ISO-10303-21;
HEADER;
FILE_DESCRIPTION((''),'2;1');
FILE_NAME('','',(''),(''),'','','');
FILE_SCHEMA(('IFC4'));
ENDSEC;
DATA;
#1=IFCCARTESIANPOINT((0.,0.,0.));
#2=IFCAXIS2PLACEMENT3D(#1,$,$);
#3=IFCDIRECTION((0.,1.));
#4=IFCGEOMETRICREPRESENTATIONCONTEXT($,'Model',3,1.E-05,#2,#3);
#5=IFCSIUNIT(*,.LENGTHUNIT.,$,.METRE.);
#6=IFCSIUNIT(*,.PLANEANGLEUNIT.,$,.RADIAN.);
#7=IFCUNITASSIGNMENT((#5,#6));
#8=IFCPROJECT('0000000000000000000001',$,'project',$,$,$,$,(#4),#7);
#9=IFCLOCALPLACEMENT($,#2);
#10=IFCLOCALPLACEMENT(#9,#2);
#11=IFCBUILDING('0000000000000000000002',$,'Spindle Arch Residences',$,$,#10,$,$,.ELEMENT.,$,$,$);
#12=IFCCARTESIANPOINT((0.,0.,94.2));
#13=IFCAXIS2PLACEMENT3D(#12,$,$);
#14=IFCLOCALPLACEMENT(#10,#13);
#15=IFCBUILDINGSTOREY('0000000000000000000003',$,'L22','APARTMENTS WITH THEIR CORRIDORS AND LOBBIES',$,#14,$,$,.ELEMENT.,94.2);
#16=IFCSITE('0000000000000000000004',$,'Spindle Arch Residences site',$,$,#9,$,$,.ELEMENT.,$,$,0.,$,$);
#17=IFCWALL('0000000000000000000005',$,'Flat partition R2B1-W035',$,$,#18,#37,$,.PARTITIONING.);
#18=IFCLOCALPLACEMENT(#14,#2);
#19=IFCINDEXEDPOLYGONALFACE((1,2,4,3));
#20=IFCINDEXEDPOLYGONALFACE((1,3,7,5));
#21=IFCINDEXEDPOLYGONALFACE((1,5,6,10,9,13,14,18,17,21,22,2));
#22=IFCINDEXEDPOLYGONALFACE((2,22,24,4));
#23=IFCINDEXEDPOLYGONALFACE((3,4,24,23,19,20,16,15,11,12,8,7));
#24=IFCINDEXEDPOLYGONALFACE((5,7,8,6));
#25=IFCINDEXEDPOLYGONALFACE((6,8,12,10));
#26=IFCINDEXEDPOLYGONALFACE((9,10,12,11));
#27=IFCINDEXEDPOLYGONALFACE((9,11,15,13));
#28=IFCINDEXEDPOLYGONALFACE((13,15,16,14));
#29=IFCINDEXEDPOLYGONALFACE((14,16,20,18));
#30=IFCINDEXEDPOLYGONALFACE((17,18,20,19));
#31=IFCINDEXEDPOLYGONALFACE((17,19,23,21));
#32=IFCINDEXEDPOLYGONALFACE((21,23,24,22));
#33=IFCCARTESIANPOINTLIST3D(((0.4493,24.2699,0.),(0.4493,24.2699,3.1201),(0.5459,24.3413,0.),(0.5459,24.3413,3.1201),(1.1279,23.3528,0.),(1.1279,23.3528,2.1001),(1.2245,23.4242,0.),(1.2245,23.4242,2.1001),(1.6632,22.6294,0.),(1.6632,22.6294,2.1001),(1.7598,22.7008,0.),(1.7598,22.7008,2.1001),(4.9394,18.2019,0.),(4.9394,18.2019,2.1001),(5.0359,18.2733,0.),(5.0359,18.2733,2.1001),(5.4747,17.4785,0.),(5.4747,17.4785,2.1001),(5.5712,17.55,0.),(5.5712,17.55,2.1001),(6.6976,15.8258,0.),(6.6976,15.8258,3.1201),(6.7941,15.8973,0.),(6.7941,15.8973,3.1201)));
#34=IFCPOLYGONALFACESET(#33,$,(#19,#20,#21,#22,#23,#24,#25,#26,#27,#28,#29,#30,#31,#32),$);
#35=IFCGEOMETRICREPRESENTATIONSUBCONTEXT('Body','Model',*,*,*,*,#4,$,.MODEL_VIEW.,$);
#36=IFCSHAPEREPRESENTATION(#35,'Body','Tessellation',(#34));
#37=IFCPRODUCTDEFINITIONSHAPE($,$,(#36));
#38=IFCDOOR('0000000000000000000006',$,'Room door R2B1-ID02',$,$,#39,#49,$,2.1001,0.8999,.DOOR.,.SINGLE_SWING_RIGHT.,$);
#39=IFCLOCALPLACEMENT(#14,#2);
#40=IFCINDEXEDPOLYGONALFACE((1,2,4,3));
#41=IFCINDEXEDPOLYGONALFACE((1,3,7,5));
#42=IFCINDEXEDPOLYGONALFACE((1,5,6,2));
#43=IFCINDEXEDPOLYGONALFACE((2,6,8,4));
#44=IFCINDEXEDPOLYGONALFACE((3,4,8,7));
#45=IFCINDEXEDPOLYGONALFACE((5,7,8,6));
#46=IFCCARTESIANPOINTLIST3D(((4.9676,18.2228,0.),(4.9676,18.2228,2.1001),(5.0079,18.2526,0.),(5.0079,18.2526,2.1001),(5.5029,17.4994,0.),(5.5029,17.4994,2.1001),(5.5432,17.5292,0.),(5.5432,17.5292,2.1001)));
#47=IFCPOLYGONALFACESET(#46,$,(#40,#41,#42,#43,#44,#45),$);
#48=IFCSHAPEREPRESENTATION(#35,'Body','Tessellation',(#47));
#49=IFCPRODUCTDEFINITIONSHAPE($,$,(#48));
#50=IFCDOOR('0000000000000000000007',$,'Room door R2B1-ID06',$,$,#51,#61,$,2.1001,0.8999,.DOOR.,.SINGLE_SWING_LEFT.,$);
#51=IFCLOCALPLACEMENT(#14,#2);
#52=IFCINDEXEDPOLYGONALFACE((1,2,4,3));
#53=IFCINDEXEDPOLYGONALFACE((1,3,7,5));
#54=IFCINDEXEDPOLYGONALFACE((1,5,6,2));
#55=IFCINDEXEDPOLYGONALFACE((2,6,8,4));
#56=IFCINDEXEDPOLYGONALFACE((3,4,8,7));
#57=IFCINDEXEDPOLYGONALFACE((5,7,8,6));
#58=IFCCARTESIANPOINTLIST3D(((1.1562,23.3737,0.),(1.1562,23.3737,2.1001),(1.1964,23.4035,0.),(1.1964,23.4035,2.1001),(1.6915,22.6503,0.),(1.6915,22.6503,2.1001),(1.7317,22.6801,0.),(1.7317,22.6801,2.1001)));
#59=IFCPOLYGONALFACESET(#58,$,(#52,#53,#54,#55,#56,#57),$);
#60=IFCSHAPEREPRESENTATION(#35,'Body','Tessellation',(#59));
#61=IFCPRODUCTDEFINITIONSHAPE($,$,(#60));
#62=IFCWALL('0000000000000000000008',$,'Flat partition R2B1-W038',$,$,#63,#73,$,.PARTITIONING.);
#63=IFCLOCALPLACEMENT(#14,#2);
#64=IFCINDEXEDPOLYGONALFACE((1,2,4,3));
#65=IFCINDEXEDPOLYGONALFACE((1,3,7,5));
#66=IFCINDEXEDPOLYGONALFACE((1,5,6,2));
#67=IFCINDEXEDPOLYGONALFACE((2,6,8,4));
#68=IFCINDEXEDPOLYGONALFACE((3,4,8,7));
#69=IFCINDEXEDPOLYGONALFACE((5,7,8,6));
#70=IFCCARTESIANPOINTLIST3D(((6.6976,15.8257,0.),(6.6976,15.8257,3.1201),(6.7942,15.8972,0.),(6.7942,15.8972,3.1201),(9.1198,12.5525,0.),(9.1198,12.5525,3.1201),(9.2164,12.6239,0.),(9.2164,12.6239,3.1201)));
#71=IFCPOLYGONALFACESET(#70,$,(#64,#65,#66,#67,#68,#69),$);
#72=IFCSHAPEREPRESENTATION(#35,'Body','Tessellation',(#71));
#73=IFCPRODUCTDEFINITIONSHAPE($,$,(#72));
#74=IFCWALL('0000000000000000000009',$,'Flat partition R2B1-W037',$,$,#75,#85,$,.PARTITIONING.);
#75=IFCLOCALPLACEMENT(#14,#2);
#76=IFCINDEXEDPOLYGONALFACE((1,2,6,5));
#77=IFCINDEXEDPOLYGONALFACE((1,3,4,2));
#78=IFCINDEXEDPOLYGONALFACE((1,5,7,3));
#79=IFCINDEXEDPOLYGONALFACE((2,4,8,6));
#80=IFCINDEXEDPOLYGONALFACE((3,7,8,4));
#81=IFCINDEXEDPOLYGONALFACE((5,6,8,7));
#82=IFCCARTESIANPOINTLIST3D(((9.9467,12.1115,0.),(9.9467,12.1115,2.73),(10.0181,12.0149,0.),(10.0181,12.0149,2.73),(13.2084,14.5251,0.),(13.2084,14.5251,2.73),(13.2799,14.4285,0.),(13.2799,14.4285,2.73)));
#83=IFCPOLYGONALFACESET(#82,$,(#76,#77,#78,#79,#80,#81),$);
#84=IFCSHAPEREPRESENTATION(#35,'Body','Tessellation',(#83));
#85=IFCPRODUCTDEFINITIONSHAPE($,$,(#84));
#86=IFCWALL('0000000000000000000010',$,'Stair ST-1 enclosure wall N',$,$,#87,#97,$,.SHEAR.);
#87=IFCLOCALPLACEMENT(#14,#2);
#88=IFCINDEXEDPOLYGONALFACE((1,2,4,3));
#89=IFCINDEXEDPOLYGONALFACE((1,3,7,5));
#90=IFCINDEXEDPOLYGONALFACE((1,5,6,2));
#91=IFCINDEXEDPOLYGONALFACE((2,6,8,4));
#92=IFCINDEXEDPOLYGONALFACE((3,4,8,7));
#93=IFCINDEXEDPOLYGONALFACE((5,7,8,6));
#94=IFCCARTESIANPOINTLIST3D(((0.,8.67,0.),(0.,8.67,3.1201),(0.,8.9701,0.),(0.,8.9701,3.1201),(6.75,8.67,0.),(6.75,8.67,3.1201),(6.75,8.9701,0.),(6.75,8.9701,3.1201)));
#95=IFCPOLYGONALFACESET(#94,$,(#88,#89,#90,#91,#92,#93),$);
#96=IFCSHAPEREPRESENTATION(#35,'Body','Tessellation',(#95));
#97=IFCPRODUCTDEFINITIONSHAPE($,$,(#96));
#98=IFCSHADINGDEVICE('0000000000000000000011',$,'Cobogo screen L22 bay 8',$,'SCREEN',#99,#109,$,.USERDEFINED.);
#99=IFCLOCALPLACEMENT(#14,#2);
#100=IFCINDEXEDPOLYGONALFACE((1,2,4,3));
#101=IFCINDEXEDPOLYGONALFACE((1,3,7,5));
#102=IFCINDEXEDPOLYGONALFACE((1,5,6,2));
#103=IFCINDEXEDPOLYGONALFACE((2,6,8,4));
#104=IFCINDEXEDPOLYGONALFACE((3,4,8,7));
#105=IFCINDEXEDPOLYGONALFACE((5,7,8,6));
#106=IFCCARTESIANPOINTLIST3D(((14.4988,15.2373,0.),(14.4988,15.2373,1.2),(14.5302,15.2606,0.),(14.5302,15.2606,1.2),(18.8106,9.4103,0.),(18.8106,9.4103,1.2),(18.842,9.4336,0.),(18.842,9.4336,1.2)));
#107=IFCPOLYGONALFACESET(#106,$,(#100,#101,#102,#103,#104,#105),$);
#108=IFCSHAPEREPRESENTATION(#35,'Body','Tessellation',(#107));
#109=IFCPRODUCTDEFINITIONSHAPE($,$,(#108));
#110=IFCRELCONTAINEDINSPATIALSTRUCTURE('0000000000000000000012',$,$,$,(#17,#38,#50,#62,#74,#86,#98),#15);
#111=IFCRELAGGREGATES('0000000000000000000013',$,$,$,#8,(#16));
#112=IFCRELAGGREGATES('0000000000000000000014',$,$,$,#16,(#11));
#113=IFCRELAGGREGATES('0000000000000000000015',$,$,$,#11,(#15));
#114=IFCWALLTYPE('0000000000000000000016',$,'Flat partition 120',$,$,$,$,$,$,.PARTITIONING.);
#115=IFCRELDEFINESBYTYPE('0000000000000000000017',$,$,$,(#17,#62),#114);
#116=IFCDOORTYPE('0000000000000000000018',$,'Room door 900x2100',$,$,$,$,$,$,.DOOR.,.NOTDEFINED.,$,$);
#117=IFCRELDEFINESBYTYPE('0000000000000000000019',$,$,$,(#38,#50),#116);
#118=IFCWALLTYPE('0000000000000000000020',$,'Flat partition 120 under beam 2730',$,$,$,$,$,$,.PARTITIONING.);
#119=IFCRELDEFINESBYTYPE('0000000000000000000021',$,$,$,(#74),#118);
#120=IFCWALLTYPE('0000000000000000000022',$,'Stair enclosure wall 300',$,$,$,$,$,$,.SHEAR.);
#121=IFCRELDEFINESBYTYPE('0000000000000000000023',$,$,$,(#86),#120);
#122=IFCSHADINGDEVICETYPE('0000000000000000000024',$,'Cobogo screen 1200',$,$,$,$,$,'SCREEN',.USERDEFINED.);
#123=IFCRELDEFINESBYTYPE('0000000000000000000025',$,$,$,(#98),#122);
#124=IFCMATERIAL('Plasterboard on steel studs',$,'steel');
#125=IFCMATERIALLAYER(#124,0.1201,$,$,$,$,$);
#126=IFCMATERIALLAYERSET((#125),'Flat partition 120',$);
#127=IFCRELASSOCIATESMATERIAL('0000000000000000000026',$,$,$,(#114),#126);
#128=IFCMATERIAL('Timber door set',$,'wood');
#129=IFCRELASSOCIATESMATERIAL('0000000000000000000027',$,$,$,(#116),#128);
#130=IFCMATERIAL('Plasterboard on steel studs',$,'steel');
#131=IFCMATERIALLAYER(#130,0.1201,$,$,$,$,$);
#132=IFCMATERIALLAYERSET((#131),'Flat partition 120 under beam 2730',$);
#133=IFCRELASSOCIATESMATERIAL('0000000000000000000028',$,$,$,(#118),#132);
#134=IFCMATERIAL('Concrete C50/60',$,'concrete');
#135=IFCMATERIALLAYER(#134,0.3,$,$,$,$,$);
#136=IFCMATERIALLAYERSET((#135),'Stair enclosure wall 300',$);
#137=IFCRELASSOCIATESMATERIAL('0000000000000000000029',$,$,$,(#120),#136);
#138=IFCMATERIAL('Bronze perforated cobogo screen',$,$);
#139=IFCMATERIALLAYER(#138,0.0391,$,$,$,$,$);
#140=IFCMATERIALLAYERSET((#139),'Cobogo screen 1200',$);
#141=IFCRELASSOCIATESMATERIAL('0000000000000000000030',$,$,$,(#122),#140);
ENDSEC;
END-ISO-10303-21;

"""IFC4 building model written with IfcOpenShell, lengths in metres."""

from ifc_helpers import new_model, si_unit, direction, frame, frame_2d, origin, origin_2d, place, context, subcontext, project, spatial, rectangle, extrude, material, layer, layer_set, type_object, element, fill, save


model = new_model("IFC4")

# Units and contexts
model_context = context("Model", 3, precision=1e-05, world=origin(), true_north=direction((0.0, 1.0)))
body_context = subcontext(model_context, "Body", "Model", "MODEL_VIEW")
ifc_project = project(units=[si_unit("LENGTHUNIT", "METRE"), si_unit("PLANEANGLEUNIT", "RADIAN")], contexts=[model_context])

# Site, building, storey
site_placement = place(None, origin())
site = spatial("IfcSite", under=ifc_project, at=site_placement, Name="Spindle Arch Residences site", CompositionType="ELEMENT", RefElevation=0.0)
building_placement = place(site_placement, origin())
building = spatial("IfcBuilding", under=site, at=building_placement, Name="Spindle Arch Residences", CompositionType="ELEMENT")
storey_placement = place(building_placement, frame((0.0, 0.0, 94.2)))
storey = spatial("IfcBuildingStorey", under=building, at=storey_placement, Name="L22", Description="APARTMENTS WITH THEIR CORRIDORS AND LOBBIES", CompositionType="ELEMENT", Elevation=94.2)

# Shared definitions
ifc_material_1 = material(Name="Plasterboard on steel studs", Category="steel")
ifc_layer_1 = layer(ifc_material_1, 0.1201)
ifc_layer_set_1 = layer_set([ifc_layer_1], Name="Flat partition 120")
wall_type_1 = type_object("IfcWallType", Name="Flat partition 120", PredefinedType="PARTITIONING", material=ifc_layer_set_1)

# Wall, openings, doors
wall_1_placement = place(storey_placement, frame((6.7458, 15.8616, 0.0), z_axis=(0.0, 0.0, 1.0), x_axis=(-0.594822, 0.803857, 0.0)))
wall_1 = element("IfcWall", 1, at=wall_1_placement, inside=storey, type_object=wall_type_1, Name="Flat partition R2B1-W035", PredefinedType="PARTITIONING", context=body_context, shape_type="SweptSolid", body=[
    extrude(rectangle(XDim=10.5044, YDim=0.1201, at=frame_2d((5.2522, 0.0))), origin(), (0.0, 0.0, 1.0), 3.1201),
])
opening_1_placement = place(wall_1_placement, frame((2.0559, 0.0, 0.0)))
opening_1 = element("IfcOpeningElement", 2, at=opening_1_placement, cuts=wall_1, PredefinedType="OPENING", context=body_context, shape_type="SweptSolid", body=[
    extrude(rectangle(XDim=0.8999, YDim=2.1001, at=frame_2d((0.45, 1.05))), frame((0.0, 0.0701, 0.0), z_axis=(0.0, -1.0, 0.0), x_axis=(1.0, 0.0, 0.0)), (0.0, 0.0, 1.0), 0.1401),
])
opening_2_placement = place(wall_1_placement, frame((8.4636, 0.0, 0.0)))
opening_2 = element("IfcOpeningElement", 3, at=opening_2_placement, cuts=wall_1, PredefinedType="OPENING", context=body_context, shape_type="SweptSolid", body=[
    extrude(rectangle(XDim=0.8999, YDim=2.1001, at=frame_2d((0.45, 1.05))), frame((0.0, 0.0701, 0.0), z_axis=(0.0, -1.0, 0.0), x_axis=(1.0, 0.0, 0.0)), (0.0, 0.0, 1.0), 0.1401),
])
ifc_material_2 = material(Name="Timber door set", Category="wood")
door_type_1 = type_object("IfcDoorType", Name="Room door 900x2100", OperationType="NOTDEFINED", PredefinedType="DOOR", material=ifc_material_2)
door_1_placement = place(opening_1_placement, origin())
door_1 = element("IfcDoor", 4, at=door_1_placement, inside=storey, type_object=door_type_1, Name="Room door R2B1-ID02", OperationType="SINGLE_SWING_RIGHT", OverallHeight=2.1001, OverallWidth=0.8999, PredefinedType="DOOR", context=body_context, shape_type="SweptSolid", body=[
    extrude(rectangle(XDim=0.8999, YDim=2.1001, at=frame_2d((0.45, 1.05))), frame((0.0, 0.0249, 0.0), z_axis=(0.0, -1.0, 0.0), x_axis=(1.0, 0.0, 0.0)), (0.0, 0.0, 1.0), 0.05),
])
fill(opening_1, door_1)
door_2_placement = place(opening_2_placement, origin())
door_2 = element("IfcDoor", 5, at=door_2_placement, inside=storey, type_object=door_type_1, Name="Room door R2B1-ID06", OperationType="SINGLE_SWING_LEFT", OverallHeight=2.1001, OverallWidth=0.8999, PredefinedType="DOOR", context=body_context, shape_type="SweptSolid", body=[
    extrude(rectangle(XDim=0.8999, YDim=2.1001, at=frame_2d((0.45, 1.05))), frame((0.0, 0.0249, 0.0), z_axis=(0.0, -1.0, 0.0), x_axis=(1.0, 0.0, 0.0)), (0.0, 0.0, 1.0), 0.05),
])
fill(opening_2, door_2)

# Walls
wall_2_placement = place(storey_placement, frame((6.7458, 15.8616, 0.0), z_axis=(0.0, 0.0, 1.0), x_axis=(0.594836, -0.803847, 0.0)))
element("IfcWall", 6, at=wall_2_placement, inside=storey, type_object=wall_type_1, Name="Flat partition R2B1-W038", PredefinedType="PARTITIONING", context=body_context, shape_type="SweptSolid", body=[
    extrude(rectangle(XDim=4.072, YDim=0.1201, at=frame_2d((2.0361, 0.0))), origin(), (0.0, 0.0, 1.0), 3.1201),
])
ifc_material_3 = material(Name="Plasterboard on steel studs", Category="steel")
ifc_layer_2 = layer(ifc_material_3, 0.1201)
ifc_layer_set_2 = layer_set([ifc_layer_2], Name="Flat partition 120 under beam 2730")
wall_type_2 = type_object("IfcWallType", Name="Flat partition 120 under beam 2730", PredefinedType="PARTITIONING", material=ifc_layer_set_2)
wall_3_placement = place(storey_placement, frame((13.2441, 14.4768, 0.0), z_axis=(0.0, 0.0, 1.0), x_axis=(-0.803853, -0.594827, 0.0)))
element("IfcWall", 7, at=wall_3_placement, inside=storey, type_object=wall_type_2, Name="Flat partition R2B1-W037", PredefinedType="PARTITIONING", context=body_context, shape_type="SweptSolid", body=[
    extrude(rectangle(XDim=4.0576, YDim=0.1201, at=frame_2d((2.0288, 0.0))), origin(), (0.0, 0.0, 1.0), 2.73),
])

# Wall
ifc_material_4 = material(Name="Concrete C50/60", Category="concrete")
ifc_layer_3 = layer(ifc_material_4, 0.3)
ifc_layer_set_3 = layer_set([ifc_layer_3], Name="Stair enclosure wall 300")
wall_type_3 = type_object("IfcWallType", Name="Stair enclosure wall 300", PredefinedType="SHEAR", material=ifc_layer_set_3)
wall_4_placement = place(storey_placement, frame((0.0, 8.8201, 0.0), z_axis=(0.0, 0.0, 1.0), x_axis=(1.0, 0.0, 0.0)))
element("IfcWall", 8, at=wall_4_placement, inside=storey, type_object=wall_type_3, Name="Stair ST-1 enclosure wall N", PredefinedType="SHEAR", context=body_context, shape_type="SweptSolid", body=[
    extrude(rectangle(XDim=6.75, YDim=0.3, at=frame_2d((3.375, 0.0))), origin(), (0.0, 0.0, 1.0), 3.1201),
])

# Shading device
ifc_material_5 = material(Name="Bronze perforated cobogo screen")
ifc_layer_4 = layer(ifc_material_5, 0.0391)
ifc_layer_set_4 = layer_set([ifc_layer_4], Name="Cobogo screen 1200")
shading_device_type = type_object("IfcShadingDeviceType", Name="Cobogo screen 1200", ElementType="SCREEN", PredefinedType="USERDEFINED", material=ifc_layer_set_4)
shading_device_placement = place(storey_placement, frame((16.6704, 12.3354, 0.0), z_axis=(0.0, 0.0, 1.0), x_axis=(-0.594823, 0.803857, 0.0)))
element("IfcShadingDevice", 9, at=shading_device_placement, inside=storey, type_object=shading_device_type, Name="Cobogo screen L22 bay 8", ObjectType="SCREEN", PredefinedType="USERDEFINED", context=body_context, shape_type="SweptSolid", body=[
    extrude(rectangle(XDim=7.2488, YDim=0.0391, at=origin_2d()), origin(), (0.0, 0.0, 1.0), 1.2),
])

save(model, "model.ifc")
